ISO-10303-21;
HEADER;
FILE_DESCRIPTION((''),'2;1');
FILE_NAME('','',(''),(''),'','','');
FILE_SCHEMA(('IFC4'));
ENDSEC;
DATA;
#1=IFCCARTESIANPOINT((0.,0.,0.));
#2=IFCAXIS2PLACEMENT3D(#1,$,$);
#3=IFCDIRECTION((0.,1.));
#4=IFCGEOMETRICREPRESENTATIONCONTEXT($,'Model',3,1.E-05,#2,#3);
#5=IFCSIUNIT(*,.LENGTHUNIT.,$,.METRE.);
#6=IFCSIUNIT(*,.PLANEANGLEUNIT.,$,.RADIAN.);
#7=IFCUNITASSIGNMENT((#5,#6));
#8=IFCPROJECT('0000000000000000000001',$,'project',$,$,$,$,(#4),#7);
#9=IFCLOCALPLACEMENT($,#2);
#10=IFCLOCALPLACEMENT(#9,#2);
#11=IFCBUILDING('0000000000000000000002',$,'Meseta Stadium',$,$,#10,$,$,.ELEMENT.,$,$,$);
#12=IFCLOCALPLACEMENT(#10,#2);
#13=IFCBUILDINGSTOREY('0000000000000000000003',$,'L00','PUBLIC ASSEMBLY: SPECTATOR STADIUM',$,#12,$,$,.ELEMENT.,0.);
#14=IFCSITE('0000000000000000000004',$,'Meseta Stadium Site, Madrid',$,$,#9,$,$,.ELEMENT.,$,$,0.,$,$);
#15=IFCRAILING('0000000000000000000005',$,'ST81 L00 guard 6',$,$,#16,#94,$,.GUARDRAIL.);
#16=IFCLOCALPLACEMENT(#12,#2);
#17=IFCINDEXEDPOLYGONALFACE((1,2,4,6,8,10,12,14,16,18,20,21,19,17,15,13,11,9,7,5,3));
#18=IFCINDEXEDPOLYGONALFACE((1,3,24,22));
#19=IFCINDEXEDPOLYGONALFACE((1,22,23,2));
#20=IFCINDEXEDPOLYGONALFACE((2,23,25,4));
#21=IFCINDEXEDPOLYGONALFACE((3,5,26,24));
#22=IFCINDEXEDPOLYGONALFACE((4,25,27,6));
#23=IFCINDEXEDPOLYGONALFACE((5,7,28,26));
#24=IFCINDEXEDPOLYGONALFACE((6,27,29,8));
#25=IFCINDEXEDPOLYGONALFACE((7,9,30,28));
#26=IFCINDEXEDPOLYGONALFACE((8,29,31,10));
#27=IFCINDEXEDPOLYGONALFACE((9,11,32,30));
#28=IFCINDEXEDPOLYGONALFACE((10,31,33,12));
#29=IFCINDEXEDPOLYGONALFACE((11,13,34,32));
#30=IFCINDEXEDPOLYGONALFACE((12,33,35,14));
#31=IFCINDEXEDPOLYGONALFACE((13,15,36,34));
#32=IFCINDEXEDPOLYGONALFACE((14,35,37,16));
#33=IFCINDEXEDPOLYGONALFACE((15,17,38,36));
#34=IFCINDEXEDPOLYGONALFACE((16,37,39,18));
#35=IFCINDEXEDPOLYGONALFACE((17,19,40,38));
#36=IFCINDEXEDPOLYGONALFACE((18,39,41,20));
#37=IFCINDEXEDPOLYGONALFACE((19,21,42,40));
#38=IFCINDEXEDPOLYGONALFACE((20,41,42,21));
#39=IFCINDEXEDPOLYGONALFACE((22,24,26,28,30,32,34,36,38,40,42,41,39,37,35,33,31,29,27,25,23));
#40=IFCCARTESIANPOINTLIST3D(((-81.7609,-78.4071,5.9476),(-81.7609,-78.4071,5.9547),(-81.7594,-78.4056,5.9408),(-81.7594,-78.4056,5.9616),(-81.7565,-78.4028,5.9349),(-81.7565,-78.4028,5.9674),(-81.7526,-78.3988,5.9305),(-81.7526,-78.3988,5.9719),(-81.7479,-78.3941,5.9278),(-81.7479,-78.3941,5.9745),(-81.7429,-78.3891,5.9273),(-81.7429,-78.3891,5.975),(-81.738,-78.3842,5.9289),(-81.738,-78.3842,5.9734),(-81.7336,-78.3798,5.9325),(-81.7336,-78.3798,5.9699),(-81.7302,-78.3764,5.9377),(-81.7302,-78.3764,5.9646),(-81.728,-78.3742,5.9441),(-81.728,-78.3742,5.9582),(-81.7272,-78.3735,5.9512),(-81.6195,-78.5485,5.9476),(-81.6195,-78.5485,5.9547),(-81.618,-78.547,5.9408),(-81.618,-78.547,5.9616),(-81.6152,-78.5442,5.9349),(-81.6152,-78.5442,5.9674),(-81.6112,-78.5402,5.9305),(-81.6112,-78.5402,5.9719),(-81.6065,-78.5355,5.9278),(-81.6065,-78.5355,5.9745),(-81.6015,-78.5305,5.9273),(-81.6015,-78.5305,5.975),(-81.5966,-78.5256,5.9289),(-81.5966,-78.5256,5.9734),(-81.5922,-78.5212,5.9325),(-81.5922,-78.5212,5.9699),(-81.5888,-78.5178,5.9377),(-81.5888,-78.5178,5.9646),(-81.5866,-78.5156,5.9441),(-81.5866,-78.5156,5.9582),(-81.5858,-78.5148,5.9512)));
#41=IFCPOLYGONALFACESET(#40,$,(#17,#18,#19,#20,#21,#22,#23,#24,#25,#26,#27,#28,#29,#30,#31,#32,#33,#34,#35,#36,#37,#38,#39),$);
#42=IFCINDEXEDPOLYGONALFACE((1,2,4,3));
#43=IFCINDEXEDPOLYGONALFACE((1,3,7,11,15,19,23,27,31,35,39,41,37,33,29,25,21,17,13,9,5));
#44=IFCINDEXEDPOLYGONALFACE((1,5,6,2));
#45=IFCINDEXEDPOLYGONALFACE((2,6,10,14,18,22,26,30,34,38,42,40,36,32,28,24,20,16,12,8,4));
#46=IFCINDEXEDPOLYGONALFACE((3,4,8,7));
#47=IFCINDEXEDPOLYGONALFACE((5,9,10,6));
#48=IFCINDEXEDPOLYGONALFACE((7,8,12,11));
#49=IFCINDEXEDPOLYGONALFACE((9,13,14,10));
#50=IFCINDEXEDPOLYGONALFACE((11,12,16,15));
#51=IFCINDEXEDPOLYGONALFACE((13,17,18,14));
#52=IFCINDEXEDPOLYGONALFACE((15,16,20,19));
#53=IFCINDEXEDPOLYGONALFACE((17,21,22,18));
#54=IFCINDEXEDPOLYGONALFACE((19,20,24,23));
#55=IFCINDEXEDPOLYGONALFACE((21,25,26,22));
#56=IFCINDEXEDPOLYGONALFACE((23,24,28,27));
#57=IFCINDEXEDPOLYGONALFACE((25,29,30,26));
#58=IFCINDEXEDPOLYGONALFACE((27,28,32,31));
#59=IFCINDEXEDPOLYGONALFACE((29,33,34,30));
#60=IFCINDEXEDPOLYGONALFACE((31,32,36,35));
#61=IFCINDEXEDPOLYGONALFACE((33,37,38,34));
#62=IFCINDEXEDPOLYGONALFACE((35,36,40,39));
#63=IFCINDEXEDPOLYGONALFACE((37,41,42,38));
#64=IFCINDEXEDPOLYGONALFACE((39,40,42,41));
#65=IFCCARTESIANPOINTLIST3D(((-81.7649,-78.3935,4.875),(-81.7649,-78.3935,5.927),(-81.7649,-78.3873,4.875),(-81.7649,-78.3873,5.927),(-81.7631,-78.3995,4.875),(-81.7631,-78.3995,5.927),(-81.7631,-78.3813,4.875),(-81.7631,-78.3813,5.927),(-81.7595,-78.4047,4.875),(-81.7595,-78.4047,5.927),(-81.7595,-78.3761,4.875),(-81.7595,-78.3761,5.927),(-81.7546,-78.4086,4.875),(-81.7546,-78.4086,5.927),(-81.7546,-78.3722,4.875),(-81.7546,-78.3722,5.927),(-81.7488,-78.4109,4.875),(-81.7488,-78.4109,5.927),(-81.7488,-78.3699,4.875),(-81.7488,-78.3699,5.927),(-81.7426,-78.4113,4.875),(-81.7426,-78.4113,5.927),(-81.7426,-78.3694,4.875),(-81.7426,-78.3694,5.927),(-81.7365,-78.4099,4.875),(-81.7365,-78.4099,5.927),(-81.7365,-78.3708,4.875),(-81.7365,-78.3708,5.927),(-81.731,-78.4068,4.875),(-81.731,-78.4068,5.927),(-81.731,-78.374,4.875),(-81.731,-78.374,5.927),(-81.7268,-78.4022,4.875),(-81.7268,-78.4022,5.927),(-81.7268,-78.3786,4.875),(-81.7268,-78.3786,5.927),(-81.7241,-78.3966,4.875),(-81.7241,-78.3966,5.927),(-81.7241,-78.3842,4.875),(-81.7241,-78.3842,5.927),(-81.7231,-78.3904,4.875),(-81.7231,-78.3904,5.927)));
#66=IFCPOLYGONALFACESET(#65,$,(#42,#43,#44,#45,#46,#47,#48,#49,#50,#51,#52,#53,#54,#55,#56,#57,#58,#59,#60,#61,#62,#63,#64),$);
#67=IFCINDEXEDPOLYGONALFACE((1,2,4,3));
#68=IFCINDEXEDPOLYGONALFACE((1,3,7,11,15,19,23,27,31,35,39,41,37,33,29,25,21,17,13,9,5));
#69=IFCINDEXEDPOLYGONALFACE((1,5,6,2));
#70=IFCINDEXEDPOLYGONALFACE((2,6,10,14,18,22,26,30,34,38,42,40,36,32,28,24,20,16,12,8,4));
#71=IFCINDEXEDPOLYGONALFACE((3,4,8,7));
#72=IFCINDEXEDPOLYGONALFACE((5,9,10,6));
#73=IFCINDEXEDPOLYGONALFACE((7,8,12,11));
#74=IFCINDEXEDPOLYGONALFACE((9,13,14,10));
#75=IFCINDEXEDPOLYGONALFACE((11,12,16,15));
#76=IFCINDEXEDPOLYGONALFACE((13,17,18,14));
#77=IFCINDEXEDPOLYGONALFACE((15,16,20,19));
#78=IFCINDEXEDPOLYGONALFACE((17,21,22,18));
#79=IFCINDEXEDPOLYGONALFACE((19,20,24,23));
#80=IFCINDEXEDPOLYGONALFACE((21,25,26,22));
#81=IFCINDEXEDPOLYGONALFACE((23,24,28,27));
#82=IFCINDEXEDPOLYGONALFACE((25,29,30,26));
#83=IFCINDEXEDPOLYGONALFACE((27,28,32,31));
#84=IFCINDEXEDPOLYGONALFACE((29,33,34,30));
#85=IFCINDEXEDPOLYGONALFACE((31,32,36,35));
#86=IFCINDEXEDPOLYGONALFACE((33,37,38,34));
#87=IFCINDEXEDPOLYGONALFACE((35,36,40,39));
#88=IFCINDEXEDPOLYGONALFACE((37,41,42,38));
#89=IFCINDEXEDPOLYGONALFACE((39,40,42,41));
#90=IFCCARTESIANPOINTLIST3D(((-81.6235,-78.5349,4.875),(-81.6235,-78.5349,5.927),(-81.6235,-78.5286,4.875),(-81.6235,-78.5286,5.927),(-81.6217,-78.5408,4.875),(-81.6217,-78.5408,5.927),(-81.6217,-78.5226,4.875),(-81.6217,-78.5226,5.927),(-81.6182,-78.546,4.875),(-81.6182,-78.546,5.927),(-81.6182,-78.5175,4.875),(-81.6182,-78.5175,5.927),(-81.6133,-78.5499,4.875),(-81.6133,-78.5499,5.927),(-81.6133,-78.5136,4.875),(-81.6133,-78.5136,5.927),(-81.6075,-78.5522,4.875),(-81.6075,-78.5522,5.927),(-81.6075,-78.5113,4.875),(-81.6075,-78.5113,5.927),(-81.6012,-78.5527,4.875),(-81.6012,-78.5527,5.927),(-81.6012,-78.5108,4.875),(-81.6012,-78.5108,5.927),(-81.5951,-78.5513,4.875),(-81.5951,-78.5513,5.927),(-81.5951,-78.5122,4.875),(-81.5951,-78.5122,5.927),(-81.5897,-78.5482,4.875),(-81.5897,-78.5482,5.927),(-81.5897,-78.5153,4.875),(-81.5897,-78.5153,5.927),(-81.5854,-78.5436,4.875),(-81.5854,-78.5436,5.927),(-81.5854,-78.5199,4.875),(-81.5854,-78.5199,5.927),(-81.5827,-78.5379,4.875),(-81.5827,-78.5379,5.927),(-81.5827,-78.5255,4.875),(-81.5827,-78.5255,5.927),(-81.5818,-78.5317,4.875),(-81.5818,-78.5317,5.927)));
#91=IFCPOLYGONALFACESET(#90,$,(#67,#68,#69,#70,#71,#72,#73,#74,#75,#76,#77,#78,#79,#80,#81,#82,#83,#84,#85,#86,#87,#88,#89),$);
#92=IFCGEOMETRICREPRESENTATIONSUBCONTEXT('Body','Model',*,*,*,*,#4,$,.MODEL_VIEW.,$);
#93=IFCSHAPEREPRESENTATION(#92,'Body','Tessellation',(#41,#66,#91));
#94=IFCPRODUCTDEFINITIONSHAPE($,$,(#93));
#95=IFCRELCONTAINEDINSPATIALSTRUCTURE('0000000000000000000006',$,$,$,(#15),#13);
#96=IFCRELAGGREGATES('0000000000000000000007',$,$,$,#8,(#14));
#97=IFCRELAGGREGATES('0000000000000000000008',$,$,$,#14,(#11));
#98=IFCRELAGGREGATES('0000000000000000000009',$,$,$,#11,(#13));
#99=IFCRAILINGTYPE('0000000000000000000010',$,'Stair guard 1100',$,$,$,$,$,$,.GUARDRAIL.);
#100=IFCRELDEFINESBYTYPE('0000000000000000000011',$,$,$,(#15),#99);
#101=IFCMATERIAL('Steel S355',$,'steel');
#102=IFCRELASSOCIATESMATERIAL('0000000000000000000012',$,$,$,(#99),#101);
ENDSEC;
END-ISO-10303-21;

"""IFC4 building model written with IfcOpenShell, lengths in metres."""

from ifc_helpers import new_model, si_unit, direction, frame, origin, origin_2d, place, context, subcontext, project, spatial, circle, extrude, material, type_object, element, save


model = new_model("IFC4")

# Units and contexts
model_context = context("Model", 3, precision=1e-05, world=origin(), true_north=direction((0.0, 1.0)))
body_context = subcontext(model_context, "Body", "Model", "MODEL_VIEW")
ifc_project = project(units=[si_unit("LENGTHUNIT", "METRE"), si_unit("PLANEANGLEUNIT", "RADIAN")], contexts=[model_context])

# Site, building, storey
site_placement = place(None, origin())
site = spatial("IfcSite", under=ifc_project, at=site_placement, Name="Meseta Stadium Site, Madrid", CompositionType="ELEMENT", RefElevation=0.0)
building_placement = place(site_placement, origin())
building = spatial("IfcBuilding", under=site, at=building_placement, Name="Meseta Stadium", CompositionType="ELEMENT")
storey_placement = place(building_placement, origin())
storey = spatial("IfcBuildingStorey", under=building, at=storey_placement, Name="L00", Description="PUBLIC ASSEMBLY: SPECTATOR STADIUM", CompositionType="ELEMENT", Elevation=0.0)

# Railing
ifc_material_1 = material(Name="Steel S355", Category="steel")
railing_type_1 = type_object("IfcRailingType", Name="Stair guard 1100", PredefinedType="GUARDRAIL", material=ifc_material_1)
railing_1_placement = place(storey_placement, frame((-81.7441, -78.3904, 4.875)))
element("IfcRailing", 1, at=railing_1_placement, inside=storey, type_object=railing_type_1, Name="ST81 L00 guard 6", PredefinedType="GUARDRAIL", context=body_context, shape_type="SweptSolid", body=[
    extrude(circle(Radius=0.0239, at=origin_2d()), frame((0.0, 0.0, 1.0762), z_axis=(0.707107, -0.707107, 0.0), x_axis=(0.707107, 0.707107, 0.0)), (0.0, 0.0, 1.0), 0.2),
    extrude(circle(Radius=0.021, at=origin_2d()), origin(), (0.0, 0.0, 1.0), 1.052),
    extrude(circle(Radius=0.021, at=origin_2d()), frame((0.1414, -0.1414, 0.0)), (0.0, 0.0, 1.0), 1.052),
])

save(model, "model.ifc")
